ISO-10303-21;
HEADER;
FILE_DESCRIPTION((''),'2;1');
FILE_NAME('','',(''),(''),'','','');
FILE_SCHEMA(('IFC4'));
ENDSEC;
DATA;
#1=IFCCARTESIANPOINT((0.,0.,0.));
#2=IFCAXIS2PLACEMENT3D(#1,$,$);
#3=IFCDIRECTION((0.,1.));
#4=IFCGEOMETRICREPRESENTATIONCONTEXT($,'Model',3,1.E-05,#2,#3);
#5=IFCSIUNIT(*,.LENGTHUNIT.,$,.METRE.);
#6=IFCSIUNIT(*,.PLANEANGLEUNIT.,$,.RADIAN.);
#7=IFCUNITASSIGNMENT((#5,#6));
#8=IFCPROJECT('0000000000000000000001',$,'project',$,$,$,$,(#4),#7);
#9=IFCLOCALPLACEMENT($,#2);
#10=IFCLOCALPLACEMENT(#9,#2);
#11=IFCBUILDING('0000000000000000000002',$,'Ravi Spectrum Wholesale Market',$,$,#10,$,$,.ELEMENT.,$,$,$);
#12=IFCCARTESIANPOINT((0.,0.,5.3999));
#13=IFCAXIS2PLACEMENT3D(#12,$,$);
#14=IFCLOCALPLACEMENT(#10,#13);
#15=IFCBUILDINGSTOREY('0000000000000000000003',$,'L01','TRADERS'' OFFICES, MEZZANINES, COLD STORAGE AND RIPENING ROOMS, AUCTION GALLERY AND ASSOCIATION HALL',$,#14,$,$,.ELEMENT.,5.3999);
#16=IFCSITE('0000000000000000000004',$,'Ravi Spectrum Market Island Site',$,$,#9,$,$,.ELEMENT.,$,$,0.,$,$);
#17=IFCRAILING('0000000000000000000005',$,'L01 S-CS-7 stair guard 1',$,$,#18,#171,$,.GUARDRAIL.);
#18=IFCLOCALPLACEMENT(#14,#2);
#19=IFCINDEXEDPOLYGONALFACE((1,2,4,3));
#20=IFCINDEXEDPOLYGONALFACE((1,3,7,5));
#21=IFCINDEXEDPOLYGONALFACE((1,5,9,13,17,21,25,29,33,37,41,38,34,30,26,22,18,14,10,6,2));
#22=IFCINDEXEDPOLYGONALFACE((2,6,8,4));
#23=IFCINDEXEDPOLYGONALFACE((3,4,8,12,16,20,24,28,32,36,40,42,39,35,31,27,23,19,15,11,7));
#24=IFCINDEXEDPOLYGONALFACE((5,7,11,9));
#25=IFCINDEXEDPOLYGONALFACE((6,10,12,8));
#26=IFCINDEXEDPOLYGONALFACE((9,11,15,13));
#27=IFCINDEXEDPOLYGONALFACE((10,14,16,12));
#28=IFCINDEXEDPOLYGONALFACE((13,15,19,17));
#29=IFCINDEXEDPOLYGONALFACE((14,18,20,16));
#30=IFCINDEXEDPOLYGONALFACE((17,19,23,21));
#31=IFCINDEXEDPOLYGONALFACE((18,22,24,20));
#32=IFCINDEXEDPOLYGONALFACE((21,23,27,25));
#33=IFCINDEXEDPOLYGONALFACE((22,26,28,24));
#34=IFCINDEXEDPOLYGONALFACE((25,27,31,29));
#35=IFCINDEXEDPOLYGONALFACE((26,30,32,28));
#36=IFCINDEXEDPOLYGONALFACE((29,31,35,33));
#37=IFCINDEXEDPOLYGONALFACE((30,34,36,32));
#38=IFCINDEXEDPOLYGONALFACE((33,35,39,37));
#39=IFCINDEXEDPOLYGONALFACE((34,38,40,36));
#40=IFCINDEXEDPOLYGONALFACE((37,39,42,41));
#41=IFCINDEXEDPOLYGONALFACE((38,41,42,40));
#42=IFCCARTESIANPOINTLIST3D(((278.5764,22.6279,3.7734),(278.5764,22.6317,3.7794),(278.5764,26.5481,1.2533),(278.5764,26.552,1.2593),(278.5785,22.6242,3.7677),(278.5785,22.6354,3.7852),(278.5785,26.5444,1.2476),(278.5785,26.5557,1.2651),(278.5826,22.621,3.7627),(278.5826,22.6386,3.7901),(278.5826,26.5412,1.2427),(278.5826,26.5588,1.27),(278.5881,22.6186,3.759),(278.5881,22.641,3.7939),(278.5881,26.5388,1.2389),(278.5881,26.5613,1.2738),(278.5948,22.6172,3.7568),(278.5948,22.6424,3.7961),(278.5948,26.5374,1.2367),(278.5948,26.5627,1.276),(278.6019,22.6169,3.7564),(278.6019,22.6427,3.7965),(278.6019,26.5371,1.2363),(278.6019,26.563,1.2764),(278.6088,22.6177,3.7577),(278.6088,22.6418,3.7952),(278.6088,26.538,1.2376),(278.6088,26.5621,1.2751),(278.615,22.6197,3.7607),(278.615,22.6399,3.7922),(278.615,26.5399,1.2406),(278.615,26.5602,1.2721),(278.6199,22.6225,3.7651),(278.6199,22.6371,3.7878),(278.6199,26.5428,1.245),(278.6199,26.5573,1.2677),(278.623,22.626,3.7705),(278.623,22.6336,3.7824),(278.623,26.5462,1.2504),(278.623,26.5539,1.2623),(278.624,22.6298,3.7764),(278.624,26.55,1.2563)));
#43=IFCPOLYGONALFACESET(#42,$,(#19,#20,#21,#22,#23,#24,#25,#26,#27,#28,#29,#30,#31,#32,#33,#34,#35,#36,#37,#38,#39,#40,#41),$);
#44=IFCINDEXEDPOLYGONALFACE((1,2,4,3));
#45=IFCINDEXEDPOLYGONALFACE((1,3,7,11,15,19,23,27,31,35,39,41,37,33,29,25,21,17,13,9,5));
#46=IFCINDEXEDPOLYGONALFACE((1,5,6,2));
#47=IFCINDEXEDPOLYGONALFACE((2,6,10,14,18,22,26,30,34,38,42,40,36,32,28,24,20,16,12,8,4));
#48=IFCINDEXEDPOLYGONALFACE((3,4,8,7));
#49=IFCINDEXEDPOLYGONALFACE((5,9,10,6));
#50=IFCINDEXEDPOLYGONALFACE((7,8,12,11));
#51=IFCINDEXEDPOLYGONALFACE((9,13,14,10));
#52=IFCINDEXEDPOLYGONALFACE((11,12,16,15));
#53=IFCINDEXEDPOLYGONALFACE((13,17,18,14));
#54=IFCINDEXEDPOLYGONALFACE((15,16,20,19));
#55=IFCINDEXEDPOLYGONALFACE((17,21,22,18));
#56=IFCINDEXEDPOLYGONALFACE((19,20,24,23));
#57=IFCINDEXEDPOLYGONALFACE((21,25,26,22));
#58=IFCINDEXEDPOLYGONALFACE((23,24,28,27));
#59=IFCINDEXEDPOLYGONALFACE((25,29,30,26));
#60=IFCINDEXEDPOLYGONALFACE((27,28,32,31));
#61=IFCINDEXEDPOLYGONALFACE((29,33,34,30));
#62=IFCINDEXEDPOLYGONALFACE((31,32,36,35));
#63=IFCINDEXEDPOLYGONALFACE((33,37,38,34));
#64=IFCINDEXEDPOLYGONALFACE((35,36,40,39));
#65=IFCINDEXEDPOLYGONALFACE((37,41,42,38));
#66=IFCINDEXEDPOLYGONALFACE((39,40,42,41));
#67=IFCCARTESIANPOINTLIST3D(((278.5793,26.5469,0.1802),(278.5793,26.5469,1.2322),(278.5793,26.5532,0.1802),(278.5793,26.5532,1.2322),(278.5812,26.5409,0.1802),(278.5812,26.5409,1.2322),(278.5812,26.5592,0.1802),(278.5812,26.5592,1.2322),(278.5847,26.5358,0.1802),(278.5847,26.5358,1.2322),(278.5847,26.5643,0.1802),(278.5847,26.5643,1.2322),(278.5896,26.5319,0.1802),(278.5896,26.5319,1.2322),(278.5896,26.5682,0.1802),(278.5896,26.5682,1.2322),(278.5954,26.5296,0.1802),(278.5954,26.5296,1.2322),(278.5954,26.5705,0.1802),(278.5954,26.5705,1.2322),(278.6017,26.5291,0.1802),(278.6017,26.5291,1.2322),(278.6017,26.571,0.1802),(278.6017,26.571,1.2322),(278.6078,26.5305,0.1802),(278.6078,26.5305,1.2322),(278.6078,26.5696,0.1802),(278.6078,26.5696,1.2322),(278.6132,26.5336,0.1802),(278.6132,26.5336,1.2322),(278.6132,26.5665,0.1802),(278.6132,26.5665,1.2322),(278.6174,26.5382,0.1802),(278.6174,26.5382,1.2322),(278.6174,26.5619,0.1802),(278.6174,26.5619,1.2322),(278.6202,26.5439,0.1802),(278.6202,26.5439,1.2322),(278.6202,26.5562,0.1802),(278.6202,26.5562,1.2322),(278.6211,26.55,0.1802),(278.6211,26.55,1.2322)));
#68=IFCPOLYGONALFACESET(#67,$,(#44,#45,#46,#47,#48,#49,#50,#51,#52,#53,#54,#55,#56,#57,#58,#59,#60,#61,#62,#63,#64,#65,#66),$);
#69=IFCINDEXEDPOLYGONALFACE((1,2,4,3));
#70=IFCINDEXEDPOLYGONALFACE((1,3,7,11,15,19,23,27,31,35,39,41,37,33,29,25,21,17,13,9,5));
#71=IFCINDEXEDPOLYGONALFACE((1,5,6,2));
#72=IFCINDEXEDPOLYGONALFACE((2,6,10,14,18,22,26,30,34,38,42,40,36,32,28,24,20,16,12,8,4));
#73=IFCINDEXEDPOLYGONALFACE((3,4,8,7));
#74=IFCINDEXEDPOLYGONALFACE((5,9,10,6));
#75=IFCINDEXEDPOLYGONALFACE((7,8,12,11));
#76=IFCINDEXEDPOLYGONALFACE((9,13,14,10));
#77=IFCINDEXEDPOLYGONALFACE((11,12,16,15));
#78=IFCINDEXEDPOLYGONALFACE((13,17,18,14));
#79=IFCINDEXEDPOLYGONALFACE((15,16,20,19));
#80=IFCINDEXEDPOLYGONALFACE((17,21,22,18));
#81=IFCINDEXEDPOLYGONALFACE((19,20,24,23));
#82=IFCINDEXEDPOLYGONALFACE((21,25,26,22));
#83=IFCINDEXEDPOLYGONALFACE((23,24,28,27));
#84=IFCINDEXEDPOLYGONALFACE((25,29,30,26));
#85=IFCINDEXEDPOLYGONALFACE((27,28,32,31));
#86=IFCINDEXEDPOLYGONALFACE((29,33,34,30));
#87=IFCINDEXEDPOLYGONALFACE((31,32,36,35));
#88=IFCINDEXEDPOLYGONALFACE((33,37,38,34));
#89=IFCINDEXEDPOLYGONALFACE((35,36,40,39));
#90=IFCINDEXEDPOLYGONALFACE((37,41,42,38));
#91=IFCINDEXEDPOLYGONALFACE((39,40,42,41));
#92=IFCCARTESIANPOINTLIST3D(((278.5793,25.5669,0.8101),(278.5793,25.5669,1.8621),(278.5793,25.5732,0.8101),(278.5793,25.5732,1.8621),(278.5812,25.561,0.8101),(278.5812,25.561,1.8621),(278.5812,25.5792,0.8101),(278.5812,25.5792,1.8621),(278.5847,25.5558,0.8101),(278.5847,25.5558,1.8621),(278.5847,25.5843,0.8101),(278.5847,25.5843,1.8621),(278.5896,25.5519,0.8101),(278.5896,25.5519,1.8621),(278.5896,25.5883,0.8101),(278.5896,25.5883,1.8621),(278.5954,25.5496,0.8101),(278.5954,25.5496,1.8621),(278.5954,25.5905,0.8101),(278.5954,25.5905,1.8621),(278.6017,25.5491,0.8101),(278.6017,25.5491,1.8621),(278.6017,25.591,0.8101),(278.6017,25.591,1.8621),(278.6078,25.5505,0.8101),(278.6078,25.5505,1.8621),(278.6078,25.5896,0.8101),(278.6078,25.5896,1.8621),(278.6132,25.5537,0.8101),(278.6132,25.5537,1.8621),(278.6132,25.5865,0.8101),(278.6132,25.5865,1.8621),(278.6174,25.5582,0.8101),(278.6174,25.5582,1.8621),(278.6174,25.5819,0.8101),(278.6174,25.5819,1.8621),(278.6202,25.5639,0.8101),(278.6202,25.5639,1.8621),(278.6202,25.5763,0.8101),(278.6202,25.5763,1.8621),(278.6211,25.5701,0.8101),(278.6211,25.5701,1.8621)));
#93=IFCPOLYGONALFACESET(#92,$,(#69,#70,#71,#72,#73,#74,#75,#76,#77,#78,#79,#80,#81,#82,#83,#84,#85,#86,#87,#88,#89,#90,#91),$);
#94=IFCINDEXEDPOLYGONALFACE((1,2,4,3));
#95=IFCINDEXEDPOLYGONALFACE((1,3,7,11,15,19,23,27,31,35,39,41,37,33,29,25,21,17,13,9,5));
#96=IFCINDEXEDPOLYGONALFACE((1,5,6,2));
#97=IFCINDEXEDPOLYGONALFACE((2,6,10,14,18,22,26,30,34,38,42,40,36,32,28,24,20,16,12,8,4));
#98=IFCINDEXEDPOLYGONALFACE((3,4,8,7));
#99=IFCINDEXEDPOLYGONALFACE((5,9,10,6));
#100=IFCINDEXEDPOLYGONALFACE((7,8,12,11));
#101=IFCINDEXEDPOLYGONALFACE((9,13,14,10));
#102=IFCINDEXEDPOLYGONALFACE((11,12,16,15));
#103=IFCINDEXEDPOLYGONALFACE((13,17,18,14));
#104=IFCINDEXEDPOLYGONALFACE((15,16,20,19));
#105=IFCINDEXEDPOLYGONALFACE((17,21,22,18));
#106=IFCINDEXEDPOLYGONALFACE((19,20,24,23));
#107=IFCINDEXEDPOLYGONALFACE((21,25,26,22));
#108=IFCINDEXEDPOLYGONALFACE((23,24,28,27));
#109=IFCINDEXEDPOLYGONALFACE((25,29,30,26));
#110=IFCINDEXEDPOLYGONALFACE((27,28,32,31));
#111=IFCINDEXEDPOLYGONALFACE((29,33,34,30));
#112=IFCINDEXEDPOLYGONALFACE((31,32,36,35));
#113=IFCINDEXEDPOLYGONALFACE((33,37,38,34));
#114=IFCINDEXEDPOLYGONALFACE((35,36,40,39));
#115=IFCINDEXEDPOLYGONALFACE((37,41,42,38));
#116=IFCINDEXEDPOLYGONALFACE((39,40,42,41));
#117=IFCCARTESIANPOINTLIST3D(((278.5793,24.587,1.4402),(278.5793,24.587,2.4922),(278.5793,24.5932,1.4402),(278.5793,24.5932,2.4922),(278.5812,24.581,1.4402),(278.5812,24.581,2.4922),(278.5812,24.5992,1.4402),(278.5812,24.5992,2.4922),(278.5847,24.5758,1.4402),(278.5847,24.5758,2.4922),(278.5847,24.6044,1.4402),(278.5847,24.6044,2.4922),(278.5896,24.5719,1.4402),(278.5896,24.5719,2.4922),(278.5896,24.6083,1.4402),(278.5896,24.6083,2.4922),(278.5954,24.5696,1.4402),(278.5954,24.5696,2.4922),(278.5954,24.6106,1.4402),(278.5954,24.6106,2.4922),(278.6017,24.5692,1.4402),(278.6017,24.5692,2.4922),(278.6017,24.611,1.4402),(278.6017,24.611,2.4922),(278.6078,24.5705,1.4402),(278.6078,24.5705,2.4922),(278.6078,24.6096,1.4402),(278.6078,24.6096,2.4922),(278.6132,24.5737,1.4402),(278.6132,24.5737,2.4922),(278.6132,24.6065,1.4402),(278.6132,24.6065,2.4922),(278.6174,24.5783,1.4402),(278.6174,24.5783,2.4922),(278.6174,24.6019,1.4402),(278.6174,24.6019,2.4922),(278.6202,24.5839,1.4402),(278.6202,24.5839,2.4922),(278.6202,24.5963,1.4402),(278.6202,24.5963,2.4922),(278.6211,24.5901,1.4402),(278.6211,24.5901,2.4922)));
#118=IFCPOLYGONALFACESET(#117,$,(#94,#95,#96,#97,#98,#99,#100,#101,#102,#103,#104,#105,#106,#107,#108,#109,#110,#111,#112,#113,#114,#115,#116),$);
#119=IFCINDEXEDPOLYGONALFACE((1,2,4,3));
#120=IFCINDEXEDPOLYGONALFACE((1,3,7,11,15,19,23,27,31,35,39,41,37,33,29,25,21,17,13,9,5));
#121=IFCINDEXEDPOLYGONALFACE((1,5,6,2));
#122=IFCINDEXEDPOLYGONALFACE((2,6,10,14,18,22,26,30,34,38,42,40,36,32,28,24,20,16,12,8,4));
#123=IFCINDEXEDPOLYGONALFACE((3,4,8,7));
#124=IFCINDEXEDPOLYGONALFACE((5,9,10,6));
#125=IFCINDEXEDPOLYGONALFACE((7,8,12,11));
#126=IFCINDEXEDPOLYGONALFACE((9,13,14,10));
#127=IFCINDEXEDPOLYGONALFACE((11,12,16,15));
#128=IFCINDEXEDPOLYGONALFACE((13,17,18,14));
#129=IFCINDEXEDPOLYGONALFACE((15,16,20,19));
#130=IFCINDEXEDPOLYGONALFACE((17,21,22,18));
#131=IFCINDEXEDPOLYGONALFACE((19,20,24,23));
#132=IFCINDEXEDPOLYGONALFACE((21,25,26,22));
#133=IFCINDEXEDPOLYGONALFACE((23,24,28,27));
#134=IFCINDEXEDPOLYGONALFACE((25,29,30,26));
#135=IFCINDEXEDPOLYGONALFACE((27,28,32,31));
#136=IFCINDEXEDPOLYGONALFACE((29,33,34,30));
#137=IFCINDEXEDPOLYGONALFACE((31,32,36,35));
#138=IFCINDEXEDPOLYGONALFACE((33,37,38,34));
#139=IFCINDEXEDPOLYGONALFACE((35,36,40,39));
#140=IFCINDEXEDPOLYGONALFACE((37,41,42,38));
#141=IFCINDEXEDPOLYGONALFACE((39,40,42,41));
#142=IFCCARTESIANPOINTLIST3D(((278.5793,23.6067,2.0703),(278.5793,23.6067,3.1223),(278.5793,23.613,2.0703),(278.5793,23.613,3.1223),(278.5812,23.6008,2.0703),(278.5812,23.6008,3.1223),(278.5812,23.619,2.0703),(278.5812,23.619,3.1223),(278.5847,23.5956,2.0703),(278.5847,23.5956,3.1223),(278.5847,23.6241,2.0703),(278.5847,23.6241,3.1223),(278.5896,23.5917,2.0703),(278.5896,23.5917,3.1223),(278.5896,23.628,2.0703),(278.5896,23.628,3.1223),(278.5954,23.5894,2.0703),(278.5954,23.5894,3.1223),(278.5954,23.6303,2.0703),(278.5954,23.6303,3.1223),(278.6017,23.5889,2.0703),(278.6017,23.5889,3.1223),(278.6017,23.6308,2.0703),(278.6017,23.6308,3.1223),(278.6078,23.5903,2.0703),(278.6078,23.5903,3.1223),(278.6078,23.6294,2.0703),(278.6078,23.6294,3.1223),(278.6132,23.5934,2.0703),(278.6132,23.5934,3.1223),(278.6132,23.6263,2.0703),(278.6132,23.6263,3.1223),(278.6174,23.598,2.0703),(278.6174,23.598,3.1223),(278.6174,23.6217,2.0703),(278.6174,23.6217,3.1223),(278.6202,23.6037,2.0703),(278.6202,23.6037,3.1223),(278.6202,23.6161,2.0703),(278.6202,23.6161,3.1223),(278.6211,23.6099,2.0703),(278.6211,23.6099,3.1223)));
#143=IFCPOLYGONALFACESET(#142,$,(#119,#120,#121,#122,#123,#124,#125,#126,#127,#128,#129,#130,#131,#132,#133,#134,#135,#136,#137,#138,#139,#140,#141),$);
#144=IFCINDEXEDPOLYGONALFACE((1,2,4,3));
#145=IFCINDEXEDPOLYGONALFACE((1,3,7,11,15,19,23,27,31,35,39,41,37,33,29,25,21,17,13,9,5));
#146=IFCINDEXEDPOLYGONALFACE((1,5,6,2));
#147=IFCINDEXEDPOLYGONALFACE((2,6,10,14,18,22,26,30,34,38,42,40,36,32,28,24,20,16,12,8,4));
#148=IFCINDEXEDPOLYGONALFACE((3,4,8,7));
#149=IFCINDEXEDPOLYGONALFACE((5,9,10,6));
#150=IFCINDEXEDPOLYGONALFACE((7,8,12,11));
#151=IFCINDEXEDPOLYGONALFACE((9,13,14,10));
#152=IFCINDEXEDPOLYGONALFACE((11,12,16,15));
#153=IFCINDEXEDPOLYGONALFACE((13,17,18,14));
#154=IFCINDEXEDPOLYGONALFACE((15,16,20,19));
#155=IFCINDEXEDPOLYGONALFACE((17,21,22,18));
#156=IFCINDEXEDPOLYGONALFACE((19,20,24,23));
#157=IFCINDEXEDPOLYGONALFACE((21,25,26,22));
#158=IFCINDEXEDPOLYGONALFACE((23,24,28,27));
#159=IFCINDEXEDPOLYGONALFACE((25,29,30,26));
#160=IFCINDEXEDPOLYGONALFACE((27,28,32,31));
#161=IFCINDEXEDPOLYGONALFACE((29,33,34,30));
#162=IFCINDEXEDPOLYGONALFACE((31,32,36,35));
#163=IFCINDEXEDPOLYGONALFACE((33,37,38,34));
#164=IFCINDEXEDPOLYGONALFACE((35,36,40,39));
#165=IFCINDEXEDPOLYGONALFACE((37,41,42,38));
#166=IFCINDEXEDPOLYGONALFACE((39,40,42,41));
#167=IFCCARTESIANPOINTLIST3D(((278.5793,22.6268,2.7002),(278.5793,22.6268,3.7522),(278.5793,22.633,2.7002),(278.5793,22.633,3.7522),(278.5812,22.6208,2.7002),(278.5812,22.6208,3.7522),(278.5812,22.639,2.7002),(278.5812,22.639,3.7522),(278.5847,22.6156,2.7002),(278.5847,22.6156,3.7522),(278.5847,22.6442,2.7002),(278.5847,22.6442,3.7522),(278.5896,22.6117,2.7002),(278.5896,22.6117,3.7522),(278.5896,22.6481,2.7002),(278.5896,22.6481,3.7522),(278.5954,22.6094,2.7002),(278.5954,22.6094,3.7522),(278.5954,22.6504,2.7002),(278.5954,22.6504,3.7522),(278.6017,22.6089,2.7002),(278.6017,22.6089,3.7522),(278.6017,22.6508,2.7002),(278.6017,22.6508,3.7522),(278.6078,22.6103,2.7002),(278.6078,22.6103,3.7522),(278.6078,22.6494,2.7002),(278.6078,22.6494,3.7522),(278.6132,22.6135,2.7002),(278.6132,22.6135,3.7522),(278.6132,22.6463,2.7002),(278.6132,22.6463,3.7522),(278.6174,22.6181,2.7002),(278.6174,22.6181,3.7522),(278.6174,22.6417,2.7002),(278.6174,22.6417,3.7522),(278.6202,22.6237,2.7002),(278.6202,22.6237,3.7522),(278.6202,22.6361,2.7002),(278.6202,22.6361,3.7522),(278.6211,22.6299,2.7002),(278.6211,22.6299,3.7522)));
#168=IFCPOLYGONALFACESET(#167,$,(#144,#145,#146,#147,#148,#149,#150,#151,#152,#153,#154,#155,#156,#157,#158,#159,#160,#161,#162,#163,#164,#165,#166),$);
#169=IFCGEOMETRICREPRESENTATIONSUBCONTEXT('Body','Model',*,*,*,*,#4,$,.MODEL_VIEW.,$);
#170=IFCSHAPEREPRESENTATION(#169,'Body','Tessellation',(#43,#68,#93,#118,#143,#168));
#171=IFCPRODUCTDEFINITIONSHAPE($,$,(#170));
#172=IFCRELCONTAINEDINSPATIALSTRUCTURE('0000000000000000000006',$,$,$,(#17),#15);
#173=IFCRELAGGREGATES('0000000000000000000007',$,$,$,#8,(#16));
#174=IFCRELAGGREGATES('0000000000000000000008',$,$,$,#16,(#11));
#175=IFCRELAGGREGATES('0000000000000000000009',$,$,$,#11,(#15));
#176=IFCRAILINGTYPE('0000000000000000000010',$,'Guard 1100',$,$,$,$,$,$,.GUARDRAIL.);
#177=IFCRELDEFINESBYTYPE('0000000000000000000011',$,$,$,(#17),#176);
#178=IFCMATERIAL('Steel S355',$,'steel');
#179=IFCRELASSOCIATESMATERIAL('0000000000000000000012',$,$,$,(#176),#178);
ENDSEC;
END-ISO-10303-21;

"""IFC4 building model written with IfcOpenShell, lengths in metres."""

from ifc_helpers import new_model, si_unit, direction, frame, origin, origin_2d, place, context, subcontext, project, spatial, circle, extrude, material, type_object, element, save


model = new_model("IFC4")

# Units and contexts
model_context = context("Model", 3, precision=1e-05, world=origin(), true_north=direction((0.0, 1.0)))
body_context = subcontext(model_context, "Body", "Model", "MODEL_VIEW")
ifc_project = project(units=[si_unit("LENGTHUNIT", "METRE"), si_unit("PLANEANGLEUNIT", "RADIAN")], contexts=[model_context])

# Site, building, storey
site_placement = place(None, origin())
site = spatial("IfcSite", under=ifc_project, at=site_placement, Name="Ravi Spectrum Market Island Site", CompositionType="ELEMENT", RefElevation=0.0)
building_placement = place(site_placement, origin())
building = spatial("IfcBuilding", under=site, at=building_placement, Name="Ravi Spectrum Wholesale Market", CompositionType="ELEMENT")
storey_placement = place(building_placement, frame((0.0, 0.0, 5.3999)))
storey = spatial("IfcBuildingStorey", under=building, at=storey_placement, Name="L01", Description="TRADERS' OFFICES, MEZZANINES, COLD STORAGE AND RIPENING ROOMS, AUCTION GALLERY AND ASSOCIATION HALL", CompositionType="ELEMENT", Elevation=5.3999)

# Railing
ifc_material_1 = material(Name="Steel S355", Category="steel")
railing_type_1 = type_object("IfcRailingType", Name="Guard 1100", PredefinedType="GUARDRAIL", material=ifc_material_1)
railing_1_placement = place(storey_placement, frame((278.6001, 26.55, 0.1802)))
element("IfcRailing", 1, at=railing_1_placement, inside=storey, type_object=railing_type_1, Name="L01 S-CS-7 stair guard 1", PredefinedType="GUARDRAIL", context=body_context, shape_type="SweptSolid", body=[
    extrude(circle(Radius=0.0239, at=origin_2d()), frame((0.0, 0.0, 1.0762), z_axis=(0.0, -0.841187, 0.540744), x_axis=(1.0, 0.0, 0.0)), (0.0, 0.0, 1.0), 4.6604),
    extrude(circle(Radius=0.021, at=origin_2d()), origin(), (0.0, 0.0, 1.0), 1.052),
    extrude(circle(Radius=0.021, at=origin_2d()), frame((0.0, -0.98, 0.6299)), (0.0, 0.0, 1.0), 1.052),
    extrude(circle(Radius=0.021, at=origin_2d()), frame((0.0, -1.96, 1.26)), (0.0, 0.0, 1.0), 1.052),
    extrude(circle(Radius=0.021, at=origin_2d()), frame((0.0, -2.9402, 1.8901)), (0.0, 0.0, 1.0), 1.052),
    extrude(circle(Radius=0.021, at=origin_2d()), frame((0.0, -3.9202, 2.52)), (0.0, 0.0, 1.0), 1.052),
])

save(model, "model.ifc")
